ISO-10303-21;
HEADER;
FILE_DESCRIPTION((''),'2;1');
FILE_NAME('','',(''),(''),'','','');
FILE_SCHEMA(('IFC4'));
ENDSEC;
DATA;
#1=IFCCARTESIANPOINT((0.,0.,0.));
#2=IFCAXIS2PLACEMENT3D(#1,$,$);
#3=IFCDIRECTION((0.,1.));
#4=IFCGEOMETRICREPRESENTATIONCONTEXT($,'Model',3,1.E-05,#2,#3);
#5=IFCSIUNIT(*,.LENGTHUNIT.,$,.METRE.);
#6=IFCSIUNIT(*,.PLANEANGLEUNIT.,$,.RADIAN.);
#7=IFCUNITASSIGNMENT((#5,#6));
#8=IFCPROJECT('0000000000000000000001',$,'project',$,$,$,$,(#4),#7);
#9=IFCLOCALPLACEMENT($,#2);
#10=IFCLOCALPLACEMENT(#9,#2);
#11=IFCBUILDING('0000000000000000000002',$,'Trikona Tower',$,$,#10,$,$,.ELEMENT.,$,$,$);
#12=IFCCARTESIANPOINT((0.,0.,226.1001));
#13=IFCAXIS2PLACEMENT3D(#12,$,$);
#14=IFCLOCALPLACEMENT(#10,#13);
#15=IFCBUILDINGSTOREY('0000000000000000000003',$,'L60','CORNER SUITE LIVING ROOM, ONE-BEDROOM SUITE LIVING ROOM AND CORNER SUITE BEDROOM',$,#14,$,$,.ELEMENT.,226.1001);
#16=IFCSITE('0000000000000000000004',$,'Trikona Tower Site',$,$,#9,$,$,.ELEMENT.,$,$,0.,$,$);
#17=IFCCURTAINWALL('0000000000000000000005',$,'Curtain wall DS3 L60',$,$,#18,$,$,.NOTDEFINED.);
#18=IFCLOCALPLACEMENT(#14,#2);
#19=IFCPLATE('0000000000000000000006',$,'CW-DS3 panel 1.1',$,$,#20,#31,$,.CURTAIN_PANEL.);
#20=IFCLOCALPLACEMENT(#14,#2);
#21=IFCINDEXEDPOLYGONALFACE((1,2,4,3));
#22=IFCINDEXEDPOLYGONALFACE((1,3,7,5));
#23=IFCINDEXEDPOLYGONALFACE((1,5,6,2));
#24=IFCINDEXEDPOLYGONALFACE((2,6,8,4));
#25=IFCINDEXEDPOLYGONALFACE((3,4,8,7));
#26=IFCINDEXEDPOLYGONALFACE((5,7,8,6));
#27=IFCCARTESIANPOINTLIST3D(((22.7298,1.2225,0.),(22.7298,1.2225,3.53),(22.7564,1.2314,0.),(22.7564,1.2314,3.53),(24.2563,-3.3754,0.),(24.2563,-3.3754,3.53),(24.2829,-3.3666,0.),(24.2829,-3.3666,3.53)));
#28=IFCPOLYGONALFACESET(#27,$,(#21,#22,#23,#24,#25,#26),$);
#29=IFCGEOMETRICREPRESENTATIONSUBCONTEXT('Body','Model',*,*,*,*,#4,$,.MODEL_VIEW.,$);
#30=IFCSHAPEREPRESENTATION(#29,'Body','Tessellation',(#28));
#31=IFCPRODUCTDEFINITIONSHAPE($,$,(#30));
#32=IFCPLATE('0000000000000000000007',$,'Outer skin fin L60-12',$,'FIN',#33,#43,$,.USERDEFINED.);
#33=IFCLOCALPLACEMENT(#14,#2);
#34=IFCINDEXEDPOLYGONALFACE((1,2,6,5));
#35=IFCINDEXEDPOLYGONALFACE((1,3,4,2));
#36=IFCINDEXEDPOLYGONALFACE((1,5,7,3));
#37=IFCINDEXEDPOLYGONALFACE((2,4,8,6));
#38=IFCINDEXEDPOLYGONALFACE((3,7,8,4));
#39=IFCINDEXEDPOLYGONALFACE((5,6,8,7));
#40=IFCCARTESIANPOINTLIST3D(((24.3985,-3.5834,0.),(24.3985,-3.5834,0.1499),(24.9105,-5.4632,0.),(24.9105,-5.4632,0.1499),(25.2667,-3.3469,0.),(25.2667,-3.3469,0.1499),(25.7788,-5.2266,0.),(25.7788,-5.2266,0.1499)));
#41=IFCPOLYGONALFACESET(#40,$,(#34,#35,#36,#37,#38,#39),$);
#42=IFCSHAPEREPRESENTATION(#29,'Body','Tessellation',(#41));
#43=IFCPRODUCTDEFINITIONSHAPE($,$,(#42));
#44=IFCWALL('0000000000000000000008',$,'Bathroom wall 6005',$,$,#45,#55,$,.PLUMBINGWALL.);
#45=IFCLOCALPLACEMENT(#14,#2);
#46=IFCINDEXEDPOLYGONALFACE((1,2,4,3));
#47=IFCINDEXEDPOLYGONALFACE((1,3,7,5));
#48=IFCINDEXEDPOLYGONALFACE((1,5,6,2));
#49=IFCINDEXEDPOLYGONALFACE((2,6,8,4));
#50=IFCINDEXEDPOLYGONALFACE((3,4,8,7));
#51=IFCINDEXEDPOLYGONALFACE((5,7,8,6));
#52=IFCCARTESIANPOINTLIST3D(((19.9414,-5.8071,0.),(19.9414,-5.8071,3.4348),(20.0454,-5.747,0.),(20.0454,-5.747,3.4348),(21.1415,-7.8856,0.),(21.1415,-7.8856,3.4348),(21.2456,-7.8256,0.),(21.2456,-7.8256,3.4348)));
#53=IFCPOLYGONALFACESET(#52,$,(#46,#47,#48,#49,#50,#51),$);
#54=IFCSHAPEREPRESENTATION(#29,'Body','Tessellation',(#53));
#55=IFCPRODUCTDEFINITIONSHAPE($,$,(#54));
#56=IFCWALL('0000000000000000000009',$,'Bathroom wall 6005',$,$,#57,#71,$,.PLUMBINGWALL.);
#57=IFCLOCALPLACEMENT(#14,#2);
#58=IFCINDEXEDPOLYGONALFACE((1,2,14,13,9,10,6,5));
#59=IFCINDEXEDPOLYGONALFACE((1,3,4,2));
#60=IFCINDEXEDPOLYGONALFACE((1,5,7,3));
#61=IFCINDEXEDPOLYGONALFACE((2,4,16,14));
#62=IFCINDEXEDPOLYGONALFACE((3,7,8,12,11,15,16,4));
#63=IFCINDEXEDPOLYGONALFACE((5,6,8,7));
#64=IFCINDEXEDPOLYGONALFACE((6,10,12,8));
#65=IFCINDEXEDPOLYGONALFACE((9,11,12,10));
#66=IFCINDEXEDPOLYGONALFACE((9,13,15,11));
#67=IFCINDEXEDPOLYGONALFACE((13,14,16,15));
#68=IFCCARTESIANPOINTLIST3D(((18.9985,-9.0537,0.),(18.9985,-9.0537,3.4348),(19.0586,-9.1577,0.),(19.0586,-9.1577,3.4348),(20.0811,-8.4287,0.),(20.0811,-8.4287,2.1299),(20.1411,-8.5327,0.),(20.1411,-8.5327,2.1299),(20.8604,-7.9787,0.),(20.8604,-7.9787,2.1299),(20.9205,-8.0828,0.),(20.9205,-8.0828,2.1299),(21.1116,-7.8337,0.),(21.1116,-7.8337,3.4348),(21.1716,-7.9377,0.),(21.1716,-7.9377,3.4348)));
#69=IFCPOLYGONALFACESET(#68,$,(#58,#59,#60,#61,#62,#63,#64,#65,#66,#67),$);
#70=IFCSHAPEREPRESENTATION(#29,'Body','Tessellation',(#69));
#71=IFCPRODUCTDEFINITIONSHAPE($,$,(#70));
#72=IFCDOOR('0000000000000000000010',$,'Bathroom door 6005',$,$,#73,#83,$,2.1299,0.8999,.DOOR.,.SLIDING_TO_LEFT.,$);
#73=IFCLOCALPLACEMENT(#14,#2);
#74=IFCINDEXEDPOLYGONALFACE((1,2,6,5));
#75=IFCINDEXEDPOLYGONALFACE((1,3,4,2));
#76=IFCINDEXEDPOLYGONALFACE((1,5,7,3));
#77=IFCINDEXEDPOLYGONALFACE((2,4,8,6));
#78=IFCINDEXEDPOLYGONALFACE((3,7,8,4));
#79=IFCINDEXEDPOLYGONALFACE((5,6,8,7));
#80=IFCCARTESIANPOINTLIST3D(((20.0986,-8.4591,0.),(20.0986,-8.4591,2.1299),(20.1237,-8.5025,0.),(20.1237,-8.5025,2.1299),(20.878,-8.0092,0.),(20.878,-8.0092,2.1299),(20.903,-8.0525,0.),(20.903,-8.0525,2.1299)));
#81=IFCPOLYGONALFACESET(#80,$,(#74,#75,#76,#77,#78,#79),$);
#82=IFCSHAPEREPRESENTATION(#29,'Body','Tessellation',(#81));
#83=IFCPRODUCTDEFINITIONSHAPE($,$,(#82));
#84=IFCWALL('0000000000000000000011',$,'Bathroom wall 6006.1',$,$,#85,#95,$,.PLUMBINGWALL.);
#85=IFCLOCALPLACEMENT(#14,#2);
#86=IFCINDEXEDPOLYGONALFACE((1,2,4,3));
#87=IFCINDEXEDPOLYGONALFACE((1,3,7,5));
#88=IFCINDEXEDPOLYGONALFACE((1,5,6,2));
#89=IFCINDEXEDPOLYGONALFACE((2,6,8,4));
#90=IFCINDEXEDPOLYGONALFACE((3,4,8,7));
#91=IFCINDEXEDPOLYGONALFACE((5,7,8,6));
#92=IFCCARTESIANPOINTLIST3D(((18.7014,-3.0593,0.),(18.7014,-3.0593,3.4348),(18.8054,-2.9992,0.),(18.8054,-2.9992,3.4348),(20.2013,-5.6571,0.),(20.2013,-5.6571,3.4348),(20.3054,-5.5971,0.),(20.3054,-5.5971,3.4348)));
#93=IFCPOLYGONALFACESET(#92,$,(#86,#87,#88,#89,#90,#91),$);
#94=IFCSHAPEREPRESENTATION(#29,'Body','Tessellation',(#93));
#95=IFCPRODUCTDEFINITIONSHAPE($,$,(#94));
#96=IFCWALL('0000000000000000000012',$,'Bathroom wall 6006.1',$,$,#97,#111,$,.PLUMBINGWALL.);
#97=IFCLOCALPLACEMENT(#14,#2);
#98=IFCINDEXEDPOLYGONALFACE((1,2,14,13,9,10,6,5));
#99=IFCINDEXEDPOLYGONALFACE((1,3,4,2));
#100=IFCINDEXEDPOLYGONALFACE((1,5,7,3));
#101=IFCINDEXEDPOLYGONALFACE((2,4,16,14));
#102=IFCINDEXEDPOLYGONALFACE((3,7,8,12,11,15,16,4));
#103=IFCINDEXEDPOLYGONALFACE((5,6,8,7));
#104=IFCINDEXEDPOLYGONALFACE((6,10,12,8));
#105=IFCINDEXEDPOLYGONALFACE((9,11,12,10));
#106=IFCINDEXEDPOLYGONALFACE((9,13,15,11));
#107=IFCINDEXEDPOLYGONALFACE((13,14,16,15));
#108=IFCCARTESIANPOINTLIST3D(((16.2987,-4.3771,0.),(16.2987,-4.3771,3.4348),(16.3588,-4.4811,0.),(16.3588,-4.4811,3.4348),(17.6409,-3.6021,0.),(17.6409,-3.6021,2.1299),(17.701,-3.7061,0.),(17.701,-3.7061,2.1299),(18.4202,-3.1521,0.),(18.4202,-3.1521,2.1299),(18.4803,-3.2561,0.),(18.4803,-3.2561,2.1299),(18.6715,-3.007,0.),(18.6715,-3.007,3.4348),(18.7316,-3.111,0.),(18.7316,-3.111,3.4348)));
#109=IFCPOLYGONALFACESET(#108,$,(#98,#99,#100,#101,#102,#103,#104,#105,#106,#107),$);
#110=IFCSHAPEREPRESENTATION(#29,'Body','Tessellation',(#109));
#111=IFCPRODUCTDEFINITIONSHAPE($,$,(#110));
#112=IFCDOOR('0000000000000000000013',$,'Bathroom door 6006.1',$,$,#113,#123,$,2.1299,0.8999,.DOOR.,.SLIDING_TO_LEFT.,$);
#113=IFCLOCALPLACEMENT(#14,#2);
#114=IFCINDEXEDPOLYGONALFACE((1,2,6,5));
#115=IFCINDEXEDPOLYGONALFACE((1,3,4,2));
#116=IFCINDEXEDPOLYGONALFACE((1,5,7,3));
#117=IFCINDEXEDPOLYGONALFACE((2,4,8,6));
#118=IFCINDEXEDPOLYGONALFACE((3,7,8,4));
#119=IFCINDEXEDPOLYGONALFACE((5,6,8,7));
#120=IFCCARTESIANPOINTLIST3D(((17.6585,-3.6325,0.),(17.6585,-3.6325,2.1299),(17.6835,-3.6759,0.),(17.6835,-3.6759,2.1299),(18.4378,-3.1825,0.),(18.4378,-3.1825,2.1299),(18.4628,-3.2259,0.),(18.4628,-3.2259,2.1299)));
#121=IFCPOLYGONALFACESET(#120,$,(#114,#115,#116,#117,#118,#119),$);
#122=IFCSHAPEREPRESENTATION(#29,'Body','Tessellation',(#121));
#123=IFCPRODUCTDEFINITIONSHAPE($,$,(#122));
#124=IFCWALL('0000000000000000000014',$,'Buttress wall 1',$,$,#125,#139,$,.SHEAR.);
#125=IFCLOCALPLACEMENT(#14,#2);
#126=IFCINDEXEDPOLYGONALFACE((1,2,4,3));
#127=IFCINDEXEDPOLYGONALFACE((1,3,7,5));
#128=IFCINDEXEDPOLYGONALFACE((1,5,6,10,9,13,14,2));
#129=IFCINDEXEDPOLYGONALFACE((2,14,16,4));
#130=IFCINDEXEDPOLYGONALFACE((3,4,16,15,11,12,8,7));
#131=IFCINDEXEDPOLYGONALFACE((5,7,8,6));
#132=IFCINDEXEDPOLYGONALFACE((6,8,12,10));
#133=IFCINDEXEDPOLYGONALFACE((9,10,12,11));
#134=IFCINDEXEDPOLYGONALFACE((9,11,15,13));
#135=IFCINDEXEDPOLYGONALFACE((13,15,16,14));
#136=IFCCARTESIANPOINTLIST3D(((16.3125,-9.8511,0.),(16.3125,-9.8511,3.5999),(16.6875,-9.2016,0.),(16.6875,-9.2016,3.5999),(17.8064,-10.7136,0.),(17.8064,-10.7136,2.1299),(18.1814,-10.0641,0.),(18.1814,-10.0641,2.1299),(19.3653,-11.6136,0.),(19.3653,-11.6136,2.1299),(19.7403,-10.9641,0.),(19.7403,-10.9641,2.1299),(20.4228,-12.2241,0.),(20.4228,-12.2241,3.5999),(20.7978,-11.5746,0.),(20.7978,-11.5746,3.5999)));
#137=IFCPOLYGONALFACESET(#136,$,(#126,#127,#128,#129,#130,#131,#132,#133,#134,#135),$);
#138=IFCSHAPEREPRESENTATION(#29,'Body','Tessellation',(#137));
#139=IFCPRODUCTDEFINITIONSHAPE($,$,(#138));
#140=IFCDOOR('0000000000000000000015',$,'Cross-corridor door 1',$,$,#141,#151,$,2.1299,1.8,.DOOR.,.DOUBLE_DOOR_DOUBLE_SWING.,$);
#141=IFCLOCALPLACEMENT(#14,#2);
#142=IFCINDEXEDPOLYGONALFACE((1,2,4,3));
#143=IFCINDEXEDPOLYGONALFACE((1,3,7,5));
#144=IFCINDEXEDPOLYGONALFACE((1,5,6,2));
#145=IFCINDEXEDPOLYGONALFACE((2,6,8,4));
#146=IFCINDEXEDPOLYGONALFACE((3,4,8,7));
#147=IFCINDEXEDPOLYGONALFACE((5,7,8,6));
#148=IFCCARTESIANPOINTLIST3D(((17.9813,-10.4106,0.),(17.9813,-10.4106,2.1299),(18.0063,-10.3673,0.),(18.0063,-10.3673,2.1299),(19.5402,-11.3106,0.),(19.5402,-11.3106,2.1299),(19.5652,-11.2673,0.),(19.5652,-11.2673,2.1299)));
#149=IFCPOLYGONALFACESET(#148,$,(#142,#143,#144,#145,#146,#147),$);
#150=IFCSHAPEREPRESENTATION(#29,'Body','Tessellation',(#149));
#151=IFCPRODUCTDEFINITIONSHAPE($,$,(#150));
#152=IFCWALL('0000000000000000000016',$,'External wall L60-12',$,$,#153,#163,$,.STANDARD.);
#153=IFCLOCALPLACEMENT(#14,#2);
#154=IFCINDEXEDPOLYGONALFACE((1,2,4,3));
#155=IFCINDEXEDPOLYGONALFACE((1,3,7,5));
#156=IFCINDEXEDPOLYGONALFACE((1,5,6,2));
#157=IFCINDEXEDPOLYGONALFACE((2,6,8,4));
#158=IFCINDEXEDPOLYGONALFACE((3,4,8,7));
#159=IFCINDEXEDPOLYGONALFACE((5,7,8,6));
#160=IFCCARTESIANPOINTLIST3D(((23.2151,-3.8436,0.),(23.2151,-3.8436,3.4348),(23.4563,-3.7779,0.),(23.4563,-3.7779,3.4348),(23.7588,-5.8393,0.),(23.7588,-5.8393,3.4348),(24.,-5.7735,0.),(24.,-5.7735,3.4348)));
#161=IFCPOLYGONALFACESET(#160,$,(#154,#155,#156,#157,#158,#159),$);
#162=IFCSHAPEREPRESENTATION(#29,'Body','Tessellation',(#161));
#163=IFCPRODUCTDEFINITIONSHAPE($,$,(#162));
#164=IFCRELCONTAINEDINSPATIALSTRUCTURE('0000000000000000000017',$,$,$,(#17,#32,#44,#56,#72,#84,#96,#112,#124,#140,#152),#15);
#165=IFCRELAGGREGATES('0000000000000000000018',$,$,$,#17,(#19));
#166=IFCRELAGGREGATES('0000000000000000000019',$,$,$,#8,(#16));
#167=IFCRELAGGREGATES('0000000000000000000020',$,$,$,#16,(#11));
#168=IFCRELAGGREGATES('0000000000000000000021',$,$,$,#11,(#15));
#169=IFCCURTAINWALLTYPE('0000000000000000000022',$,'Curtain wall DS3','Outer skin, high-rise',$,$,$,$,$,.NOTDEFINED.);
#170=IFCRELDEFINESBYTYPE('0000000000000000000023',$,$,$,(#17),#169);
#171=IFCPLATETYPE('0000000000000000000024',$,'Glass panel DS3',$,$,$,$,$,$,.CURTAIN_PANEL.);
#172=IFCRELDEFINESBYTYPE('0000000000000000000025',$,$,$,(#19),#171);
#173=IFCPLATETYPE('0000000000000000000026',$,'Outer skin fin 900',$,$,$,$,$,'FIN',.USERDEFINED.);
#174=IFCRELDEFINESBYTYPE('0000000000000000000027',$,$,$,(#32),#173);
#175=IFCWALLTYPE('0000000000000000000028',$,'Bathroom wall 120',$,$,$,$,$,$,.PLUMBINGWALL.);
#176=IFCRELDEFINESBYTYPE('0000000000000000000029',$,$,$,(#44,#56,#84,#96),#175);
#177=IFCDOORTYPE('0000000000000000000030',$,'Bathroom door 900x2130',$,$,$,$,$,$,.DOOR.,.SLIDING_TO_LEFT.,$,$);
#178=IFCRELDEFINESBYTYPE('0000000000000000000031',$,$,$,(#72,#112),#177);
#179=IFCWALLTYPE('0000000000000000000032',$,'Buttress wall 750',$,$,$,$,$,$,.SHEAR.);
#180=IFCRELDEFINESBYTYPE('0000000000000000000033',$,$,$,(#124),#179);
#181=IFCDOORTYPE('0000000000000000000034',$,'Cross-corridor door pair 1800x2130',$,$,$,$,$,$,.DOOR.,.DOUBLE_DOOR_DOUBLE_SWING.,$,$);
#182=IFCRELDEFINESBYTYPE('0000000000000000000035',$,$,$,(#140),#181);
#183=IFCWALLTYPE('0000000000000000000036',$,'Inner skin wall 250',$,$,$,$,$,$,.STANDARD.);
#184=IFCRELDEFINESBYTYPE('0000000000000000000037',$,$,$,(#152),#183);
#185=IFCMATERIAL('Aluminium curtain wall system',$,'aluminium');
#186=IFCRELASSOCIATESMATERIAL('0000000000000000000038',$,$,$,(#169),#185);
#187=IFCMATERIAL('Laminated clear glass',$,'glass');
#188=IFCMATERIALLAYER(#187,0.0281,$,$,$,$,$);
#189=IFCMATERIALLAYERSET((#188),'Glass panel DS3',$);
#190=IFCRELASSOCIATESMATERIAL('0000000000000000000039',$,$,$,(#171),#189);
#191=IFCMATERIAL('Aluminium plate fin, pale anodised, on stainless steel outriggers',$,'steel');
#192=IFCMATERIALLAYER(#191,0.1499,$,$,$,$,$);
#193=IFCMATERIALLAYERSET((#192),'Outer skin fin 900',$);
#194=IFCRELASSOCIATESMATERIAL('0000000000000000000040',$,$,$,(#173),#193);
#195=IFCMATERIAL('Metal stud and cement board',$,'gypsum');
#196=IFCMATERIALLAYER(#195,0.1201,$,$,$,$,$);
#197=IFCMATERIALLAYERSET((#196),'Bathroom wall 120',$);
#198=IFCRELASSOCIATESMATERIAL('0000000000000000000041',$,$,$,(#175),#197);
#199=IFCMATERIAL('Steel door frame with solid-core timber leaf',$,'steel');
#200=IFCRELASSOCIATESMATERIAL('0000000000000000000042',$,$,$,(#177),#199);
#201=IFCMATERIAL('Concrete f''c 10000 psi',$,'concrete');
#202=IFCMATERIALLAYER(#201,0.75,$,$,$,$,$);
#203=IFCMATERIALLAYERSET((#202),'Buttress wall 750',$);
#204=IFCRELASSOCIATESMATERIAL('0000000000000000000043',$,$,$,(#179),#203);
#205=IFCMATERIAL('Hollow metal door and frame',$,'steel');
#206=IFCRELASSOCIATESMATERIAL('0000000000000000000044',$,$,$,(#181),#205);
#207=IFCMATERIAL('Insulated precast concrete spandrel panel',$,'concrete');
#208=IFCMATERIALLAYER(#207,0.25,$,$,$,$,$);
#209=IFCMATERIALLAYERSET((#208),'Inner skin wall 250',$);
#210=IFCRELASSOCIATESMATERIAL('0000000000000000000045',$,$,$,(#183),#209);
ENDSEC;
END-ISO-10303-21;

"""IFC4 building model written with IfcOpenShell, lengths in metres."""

from ifc_helpers import new_model, si_unit, direction, frame, frame_2d, origin, origin_2d, place, context, subcontext, project, spatial, rectangle, extrude, material, layer, layer_set, type_object, element, fill, aggregate, save


model = new_model("IFC4")

# Units and contexts
model_context = context("Model", 3, precision=1e-05, world=origin(), true_north=direction((0.0, 1.0)))
body_context = subcontext(model_context, "Body", "Model", "MODEL_VIEW")
ifc_project = project(units=[si_unit("LENGTHUNIT", "METRE"), si_unit("PLANEANGLEUNIT", "RADIAN")], contexts=[model_context])

# Site, building, storey
site_placement = place(None, origin())
site = spatial("IfcSite", under=ifc_project, at=site_placement, Name="Trikona Tower Site", CompositionType="ELEMENT", RefElevation=0.0)
building_placement = place(site_placement, origin())
building = spatial("IfcBuilding", under=site, at=building_placement, Name="Trikona Tower", CompositionType="ELEMENT")
storey_placement = place(building_placement, frame((0.0, 0.0, 226.1001)))
storey = spatial("IfcBuildingStorey", under=building, at=storey_placement, Name="L60", Description="CORNER SUITE LIVING ROOM, ONE-BEDROOM SUITE LIVING ROOM AND CORNER SUITE BEDROOM", CompositionType="ELEMENT", Elevation=226.1001)

# Shared definitions
ifc_material_1 = material(Name="Aluminium curtain wall system", Category="aluminium")
curtain_wall_type = type_object("IfcCurtainWallType", Name="Curtain wall DS3", Description="Outer skin, high-rise", PredefinedType="NOTDEFINED", material=ifc_material_1)

# Curtain wall
curtain_wall_1_placement = place(storey_placement, origin())
curtain_wall_1 = element("IfcCurtainWall", 1, at=curtain_wall_1_placement, inside=storey, type_object=curtain_wall_type, Name="Curtain wall DS3 L60", PredefinedType="NOTDEFINED")

# Plates
ifc_material_2 = material(Name="Laminated clear glass", Category="glass")
ifc_layer_1 = layer(ifc_material_2, 0.0281)
ifc_layer_set_1 = layer_set([ifc_layer_1], Name="Glass panel DS3")
plate_type_1 = type_object("IfcPlateType", Name="Glass panel DS3", PredefinedType="CURTAIN_PANEL", material=ifc_layer_set_1)
plate_1_placement = place(storey_placement, frame((23.5063, -1.072, 0.0), z_axis=(0.0, 0.0, 1.0), x_axis=(-0.315078, 0.949066, 0.0)))
plate_1 = element("IfcPlate", 2, at=plate_1_placement, type_object=plate_type_1, Name="CW-DS3 panel 1.1", PredefinedType="CURTAIN_PANEL", context=body_context, shape_type="SweptSolid", body=[
    extrude(rectangle(XDim=4.8447, YDim=0.0281, at=origin_2d()), origin(), (0.0, 0.0, 1.0), 3.53),
])
aggregate(curtain_wall_1, [plate_1])
ifc_material_3 = material(Name="Aluminium plate fin, pale anodised, on stainless steel outriggers", Category="steel")
ifc_layer_2 = layer(ifc_material_3, 0.1499)
ifc_layer_set_2 = layer_set([ifc_layer_2], Name="Outer skin fin 900")
plate_type_2 = type_object("IfcPlateType", Name="Outer skin fin 900", ElementType="FIN", PredefinedType="USERDEFINED", material=ifc_layer_set_2)
plate_2_placement = place(storey_placement, frame((25.0886, -4.405, 0.0), z_axis=(0.0, 0.0, 1.0), x_axis=(-0.262822, 0.964844, 0.0)))
element("IfcPlate", 3, at=plate_2_placement, inside=storey, type_object=plate_type_2, Name="Outer skin fin L60-12", ObjectType="FIN", PredefinedType="USERDEFINED", context=body_context, shape_type="SweptSolid", body=[
    extrude(rectangle(XDim=1.9482, YDim=0.8999, at=origin_2d()), origin(), (0.0, 0.0, 1.0), 0.1499),
])

# Wall
ifc_material_4 = material(Name="Metal stud and cement board", Category="gypsum")
ifc_layer_3 = layer(ifc_material_4, 0.1201)
ifc_layer_set_3 = layer_set([ifc_layer_3], Name="Bathroom wall 120")
wall_type_1 = type_object("IfcWallType", Name="Bathroom wall 120", PredefinedType="PLUMBINGWALL", material=ifc_layer_set_3)
wall_1_placement = place(storey_placement, frame((21.1936, -7.8557, 0.0), z_axis=(0.0, 0.0, 1.0), x_axis=(-0.500034, 0.866006, 0.0)))
element("IfcWall", 4, at=wall_1_placement, inside=storey, type_object=wall_type_1, Name="Bathroom wall 6005", PredefinedType="PLUMBINGWALL", context=body_context, shape_type="SweptSolid", body=[
    extrude(rectangle(XDim=2.4001, YDim=0.1201, at=frame_2d((1.2002, 0.0))), origin(), (0.0, 0.0, 1.0), 3.4348),
])

# Wall, opening, door
wall_2_placement = place(storey_placement, frame((19.0286, -9.1057, 0.0), z_axis=(0.0, 0.0, 1.0), x_axis=(0.866024, 0.500003, 0.0)))
wall_2 = element("IfcWall", 5, at=wall_2_placement, inside=storey, type_object=wall_type_1, Name="Bathroom wall 6005", PredefinedType="PLUMBINGWALL", context=body_context, shape_type="SweptSolid", body=[
    extrude(rectangle(XDim=2.4399, YDim=0.1201, at=frame_2d((1.22, 0.0))), origin(), (0.0, 0.0, 1.0), 3.4348),
])
opening_1_placement = place(wall_2_placement, frame((1.25, 0.0, 0.0)))
opening_1 = element("IfcOpeningElement", 6, at=opening_1_placement, cuts=wall_2, PredefinedType="OPENING", context=body_context, shape_type="SweptSolid", body=[
    extrude(rectangle(XDim=0.8999, YDim=2.1299, at=frame_2d((0.45, 1.0649))), frame((0.0, 0.0701, 0.0), z_axis=(0.0, -1.0, 0.0), x_axis=(1.0, 0.0, 0.0)), (0.0, 0.0, 1.0), 0.1401),
])
ifc_material_5 = material(Name="Steel door frame with solid-core timber leaf", Category="steel")
door_type_1 = type_object("IfcDoorType", Name="Bathroom door 900x2130", OperationType="SLIDING_TO_LEFT", PredefinedType="DOOR", material=ifc_material_5)
door_1_placement = place(opening_1_placement, origin())
door_1 = element("IfcDoor", 7, at=door_1_placement, inside=storey, type_object=door_type_1, Name="Bathroom door 6005", OperationType="SLIDING_TO_LEFT", OverallHeight=2.1299, OverallWidth=0.8999, PredefinedType="DOOR", context=body_context, shape_type="SweptSolid", body=[
    extrude(rectangle(XDim=0.8999, YDim=2.1299, at=frame_2d((0.45, 1.0649))), frame((0.0, 0.0249, 0.0), z_axis=(0.0, -1.0, 0.0), x_axis=(1.0, 0.0, 0.0)), (0.0, 0.0, 1.0), 0.05),
])
fill(opening_1, door_1)

# Wall
wall_3_placement = place(storey_placement, frame((20.2534, -5.6272, 0.0), z_axis=(0.0, 0.0, 1.0), x_axis=(-0.500025, 0.866011, 0.0)))
element("IfcWall", 8, at=wall_3_placement, inside=storey, type_object=wall_type_1, Name="Bathroom wall 6006.1", PredefinedType="PLUMBINGWALL", context=body_context, shape_type="SweptSolid", body=[
    extrude(rectangle(XDim=2.9998, YDim=0.1201, at=frame_2d((1.5, 0.0))), origin(), (0.0, 0.0, 1.0), 3.4348),
])

# Walls, openings, doors
wall_4_placement = place(storey_placement, frame((16.3286, -4.4292, 0.0), z_axis=(0.0, 0.0, 1.0), x_axis=(0.865997, 0.500049, 0.0)))
wall_4 = element("IfcWall", 9, at=wall_4_placement, inside=storey, type_object=wall_type_1, Name="Bathroom wall 6006.1", PredefinedType="PLUMBINGWALL", context=body_context, shape_type="SweptSolid", body=[
    extrude(rectangle(XDim=2.74, YDim=0.1201, at=frame_2d((1.3701, 0.0))), origin(), (0.0, 0.0, 1.0), 3.4348),
])
opening_2_placement = place(wall_4_placement, frame((1.55, 0.0, 0.0)))
opening_2 = element("IfcOpeningElement", 10, at=opening_2_placement, cuts=wall_4, PredefinedType="OPENING", context=body_context, shape_type="SweptSolid", body=[
    extrude(rectangle(XDim=0.8999, YDim=2.1299, at=frame_2d((0.45, 1.0649))), frame((0.0, 0.0701, 0.0), z_axis=(0.0, -1.0, 0.0), x_axis=(1.0, 0.0, 0.0)), (0.0, 0.0, 1.0), 0.1401),
])
door_2_placement = place(opening_2_placement, origin())
door_2 = element("IfcDoor", 11, at=door_2_placement, inside=storey, type_object=door_type_1, Name="Bathroom door 6006.1", OperationType="SLIDING_TO_LEFT", OverallHeight=2.1299, OverallWidth=0.8999, PredefinedType="DOOR", context=body_context, shape_type="SweptSolid", body=[
    extrude(rectangle(XDim=0.8999, YDim=2.1299, at=frame_2d((0.45, 1.0649))), frame((0.0, 0.0249, 0.0), z_axis=(0.0, -1.0, 0.0), x_axis=(1.0, 0.0, 0.0)), (0.0, 0.0, 1.0), 0.05),
])
fill(opening_2, door_2)
ifc_material_6 = material(Name="Concrete f'c 10000 psi", Category="concrete")
ifc_layer_4 = layer(ifc_material_6, 0.75)
ifc_layer_set_4 = layer_set([ifc_layer_4], Name="Buttress wall 750")
wall_type_2 = type_object("IfcWallType", Name="Buttress wall 750", PredefinedType="SHEAR", material=ifc_layer_set_4)
wall_5_placement = place(storey_placement, frame((16.5, -9.5264, 0.0), z_axis=(0.0, 0.0, 1.0), x_axis=(0.866031, -0.49999, 0.0)))
wall_5 = element("IfcWall", 12, at=wall_5_placement, inside=storey, type_object=wall_type_2, Name="Buttress wall 1", PredefinedType="SHEAR", context=body_context, shape_type="SweptSolid", body=[
    extrude(rectangle(XDim=4.7461, YDim=0.75, at=frame_2d((2.373, 0.0))), origin(), (0.0, 0.0, 1.0), 3.5999),
])
opening_3_placement = place(wall_5_placement, frame((1.7251, 0.0, 0.0)))
opening_3 = element("IfcOpeningElement", 13, at=opening_3_placement, cuts=wall_5, PredefinedType="OPENING", context=body_context, shape_type="SweptSolid", body=[
    extrude(rectangle(XDim=1.8, YDim=2.1299, at=frame_2d((0.8999, 1.0649))), frame((0.0, 0.385, 0.0), z_axis=(0.0, -1.0, 0.0), x_axis=(1.0, 0.0, 0.0)), (0.0, 0.0, 1.0), 0.77),
])
ifc_material_7 = material(Name="Hollow metal door and frame", Category="steel")
door_type_2 = type_object("IfcDoorType", Name="Cross-corridor door pair 1800x2130", OperationType="DOUBLE_DOOR_DOUBLE_SWING", PredefinedType="DOOR", material=ifc_material_7)
door_3_placement = place(opening_3_placement, origin())
door_3 = element("IfcDoor", 14, at=door_3_placement, inside=storey, type_object=door_type_2, Name="Cross-corridor door 1", OperationType="DOUBLE_DOOR_DOUBLE_SWING", OverallHeight=2.1299, OverallWidth=1.8, PredefinedType="DOOR", context=body_context, shape_type="SweptSolid", body=[
    extrude(rectangle(XDim=1.8, YDim=2.1299, at=frame_2d((0.8999, 1.0649))), frame((0.0, 0.0249, 0.0), z_axis=(0.0, -1.0, 0.0), x_axis=(1.0, 0.0, 0.0)), (0.0, 0.0, 1.0), 0.05),
])
fill(opening_3, door_3)

# Wall
ifc_material_8 = material(Name="Insulated precast concrete spandrel panel", Category="concrete")
ifc_layer_5 = layer(ifc_material_8, 0.25)
ifc_layer_set_5 = layer_set([ifc_layer_5], Name="Inner skin wall 250")
wall_type_3 = type_object("IfcWallType", Name="Inner skin wall 250", PredefinedType="STANDARD", material=ifc_layer_set_5)
wall_6_placement = place(storey_placement, frame((23.8794, -5.8064, 0.0), z_axis=(0.0, 0.0, 1.0), x_axis=(-0.262868, 0.964832, 0.0)))
element("IfcWall", 15, at=wall_6_placement, inside=storey, type_object=wall_type_3, Name="External wall L60-12", PredefinedType="STANDARD", context=body_context, shape_type="SweptSolid", body=[
    extrude(rectangle(XDim=2.0684, YDim=0.25, at=frame_2d((1.0342, 0.0))), origin(), (0.0, 0.0, 1.0), 3.4348),
])

save(model, "model.ifc")
